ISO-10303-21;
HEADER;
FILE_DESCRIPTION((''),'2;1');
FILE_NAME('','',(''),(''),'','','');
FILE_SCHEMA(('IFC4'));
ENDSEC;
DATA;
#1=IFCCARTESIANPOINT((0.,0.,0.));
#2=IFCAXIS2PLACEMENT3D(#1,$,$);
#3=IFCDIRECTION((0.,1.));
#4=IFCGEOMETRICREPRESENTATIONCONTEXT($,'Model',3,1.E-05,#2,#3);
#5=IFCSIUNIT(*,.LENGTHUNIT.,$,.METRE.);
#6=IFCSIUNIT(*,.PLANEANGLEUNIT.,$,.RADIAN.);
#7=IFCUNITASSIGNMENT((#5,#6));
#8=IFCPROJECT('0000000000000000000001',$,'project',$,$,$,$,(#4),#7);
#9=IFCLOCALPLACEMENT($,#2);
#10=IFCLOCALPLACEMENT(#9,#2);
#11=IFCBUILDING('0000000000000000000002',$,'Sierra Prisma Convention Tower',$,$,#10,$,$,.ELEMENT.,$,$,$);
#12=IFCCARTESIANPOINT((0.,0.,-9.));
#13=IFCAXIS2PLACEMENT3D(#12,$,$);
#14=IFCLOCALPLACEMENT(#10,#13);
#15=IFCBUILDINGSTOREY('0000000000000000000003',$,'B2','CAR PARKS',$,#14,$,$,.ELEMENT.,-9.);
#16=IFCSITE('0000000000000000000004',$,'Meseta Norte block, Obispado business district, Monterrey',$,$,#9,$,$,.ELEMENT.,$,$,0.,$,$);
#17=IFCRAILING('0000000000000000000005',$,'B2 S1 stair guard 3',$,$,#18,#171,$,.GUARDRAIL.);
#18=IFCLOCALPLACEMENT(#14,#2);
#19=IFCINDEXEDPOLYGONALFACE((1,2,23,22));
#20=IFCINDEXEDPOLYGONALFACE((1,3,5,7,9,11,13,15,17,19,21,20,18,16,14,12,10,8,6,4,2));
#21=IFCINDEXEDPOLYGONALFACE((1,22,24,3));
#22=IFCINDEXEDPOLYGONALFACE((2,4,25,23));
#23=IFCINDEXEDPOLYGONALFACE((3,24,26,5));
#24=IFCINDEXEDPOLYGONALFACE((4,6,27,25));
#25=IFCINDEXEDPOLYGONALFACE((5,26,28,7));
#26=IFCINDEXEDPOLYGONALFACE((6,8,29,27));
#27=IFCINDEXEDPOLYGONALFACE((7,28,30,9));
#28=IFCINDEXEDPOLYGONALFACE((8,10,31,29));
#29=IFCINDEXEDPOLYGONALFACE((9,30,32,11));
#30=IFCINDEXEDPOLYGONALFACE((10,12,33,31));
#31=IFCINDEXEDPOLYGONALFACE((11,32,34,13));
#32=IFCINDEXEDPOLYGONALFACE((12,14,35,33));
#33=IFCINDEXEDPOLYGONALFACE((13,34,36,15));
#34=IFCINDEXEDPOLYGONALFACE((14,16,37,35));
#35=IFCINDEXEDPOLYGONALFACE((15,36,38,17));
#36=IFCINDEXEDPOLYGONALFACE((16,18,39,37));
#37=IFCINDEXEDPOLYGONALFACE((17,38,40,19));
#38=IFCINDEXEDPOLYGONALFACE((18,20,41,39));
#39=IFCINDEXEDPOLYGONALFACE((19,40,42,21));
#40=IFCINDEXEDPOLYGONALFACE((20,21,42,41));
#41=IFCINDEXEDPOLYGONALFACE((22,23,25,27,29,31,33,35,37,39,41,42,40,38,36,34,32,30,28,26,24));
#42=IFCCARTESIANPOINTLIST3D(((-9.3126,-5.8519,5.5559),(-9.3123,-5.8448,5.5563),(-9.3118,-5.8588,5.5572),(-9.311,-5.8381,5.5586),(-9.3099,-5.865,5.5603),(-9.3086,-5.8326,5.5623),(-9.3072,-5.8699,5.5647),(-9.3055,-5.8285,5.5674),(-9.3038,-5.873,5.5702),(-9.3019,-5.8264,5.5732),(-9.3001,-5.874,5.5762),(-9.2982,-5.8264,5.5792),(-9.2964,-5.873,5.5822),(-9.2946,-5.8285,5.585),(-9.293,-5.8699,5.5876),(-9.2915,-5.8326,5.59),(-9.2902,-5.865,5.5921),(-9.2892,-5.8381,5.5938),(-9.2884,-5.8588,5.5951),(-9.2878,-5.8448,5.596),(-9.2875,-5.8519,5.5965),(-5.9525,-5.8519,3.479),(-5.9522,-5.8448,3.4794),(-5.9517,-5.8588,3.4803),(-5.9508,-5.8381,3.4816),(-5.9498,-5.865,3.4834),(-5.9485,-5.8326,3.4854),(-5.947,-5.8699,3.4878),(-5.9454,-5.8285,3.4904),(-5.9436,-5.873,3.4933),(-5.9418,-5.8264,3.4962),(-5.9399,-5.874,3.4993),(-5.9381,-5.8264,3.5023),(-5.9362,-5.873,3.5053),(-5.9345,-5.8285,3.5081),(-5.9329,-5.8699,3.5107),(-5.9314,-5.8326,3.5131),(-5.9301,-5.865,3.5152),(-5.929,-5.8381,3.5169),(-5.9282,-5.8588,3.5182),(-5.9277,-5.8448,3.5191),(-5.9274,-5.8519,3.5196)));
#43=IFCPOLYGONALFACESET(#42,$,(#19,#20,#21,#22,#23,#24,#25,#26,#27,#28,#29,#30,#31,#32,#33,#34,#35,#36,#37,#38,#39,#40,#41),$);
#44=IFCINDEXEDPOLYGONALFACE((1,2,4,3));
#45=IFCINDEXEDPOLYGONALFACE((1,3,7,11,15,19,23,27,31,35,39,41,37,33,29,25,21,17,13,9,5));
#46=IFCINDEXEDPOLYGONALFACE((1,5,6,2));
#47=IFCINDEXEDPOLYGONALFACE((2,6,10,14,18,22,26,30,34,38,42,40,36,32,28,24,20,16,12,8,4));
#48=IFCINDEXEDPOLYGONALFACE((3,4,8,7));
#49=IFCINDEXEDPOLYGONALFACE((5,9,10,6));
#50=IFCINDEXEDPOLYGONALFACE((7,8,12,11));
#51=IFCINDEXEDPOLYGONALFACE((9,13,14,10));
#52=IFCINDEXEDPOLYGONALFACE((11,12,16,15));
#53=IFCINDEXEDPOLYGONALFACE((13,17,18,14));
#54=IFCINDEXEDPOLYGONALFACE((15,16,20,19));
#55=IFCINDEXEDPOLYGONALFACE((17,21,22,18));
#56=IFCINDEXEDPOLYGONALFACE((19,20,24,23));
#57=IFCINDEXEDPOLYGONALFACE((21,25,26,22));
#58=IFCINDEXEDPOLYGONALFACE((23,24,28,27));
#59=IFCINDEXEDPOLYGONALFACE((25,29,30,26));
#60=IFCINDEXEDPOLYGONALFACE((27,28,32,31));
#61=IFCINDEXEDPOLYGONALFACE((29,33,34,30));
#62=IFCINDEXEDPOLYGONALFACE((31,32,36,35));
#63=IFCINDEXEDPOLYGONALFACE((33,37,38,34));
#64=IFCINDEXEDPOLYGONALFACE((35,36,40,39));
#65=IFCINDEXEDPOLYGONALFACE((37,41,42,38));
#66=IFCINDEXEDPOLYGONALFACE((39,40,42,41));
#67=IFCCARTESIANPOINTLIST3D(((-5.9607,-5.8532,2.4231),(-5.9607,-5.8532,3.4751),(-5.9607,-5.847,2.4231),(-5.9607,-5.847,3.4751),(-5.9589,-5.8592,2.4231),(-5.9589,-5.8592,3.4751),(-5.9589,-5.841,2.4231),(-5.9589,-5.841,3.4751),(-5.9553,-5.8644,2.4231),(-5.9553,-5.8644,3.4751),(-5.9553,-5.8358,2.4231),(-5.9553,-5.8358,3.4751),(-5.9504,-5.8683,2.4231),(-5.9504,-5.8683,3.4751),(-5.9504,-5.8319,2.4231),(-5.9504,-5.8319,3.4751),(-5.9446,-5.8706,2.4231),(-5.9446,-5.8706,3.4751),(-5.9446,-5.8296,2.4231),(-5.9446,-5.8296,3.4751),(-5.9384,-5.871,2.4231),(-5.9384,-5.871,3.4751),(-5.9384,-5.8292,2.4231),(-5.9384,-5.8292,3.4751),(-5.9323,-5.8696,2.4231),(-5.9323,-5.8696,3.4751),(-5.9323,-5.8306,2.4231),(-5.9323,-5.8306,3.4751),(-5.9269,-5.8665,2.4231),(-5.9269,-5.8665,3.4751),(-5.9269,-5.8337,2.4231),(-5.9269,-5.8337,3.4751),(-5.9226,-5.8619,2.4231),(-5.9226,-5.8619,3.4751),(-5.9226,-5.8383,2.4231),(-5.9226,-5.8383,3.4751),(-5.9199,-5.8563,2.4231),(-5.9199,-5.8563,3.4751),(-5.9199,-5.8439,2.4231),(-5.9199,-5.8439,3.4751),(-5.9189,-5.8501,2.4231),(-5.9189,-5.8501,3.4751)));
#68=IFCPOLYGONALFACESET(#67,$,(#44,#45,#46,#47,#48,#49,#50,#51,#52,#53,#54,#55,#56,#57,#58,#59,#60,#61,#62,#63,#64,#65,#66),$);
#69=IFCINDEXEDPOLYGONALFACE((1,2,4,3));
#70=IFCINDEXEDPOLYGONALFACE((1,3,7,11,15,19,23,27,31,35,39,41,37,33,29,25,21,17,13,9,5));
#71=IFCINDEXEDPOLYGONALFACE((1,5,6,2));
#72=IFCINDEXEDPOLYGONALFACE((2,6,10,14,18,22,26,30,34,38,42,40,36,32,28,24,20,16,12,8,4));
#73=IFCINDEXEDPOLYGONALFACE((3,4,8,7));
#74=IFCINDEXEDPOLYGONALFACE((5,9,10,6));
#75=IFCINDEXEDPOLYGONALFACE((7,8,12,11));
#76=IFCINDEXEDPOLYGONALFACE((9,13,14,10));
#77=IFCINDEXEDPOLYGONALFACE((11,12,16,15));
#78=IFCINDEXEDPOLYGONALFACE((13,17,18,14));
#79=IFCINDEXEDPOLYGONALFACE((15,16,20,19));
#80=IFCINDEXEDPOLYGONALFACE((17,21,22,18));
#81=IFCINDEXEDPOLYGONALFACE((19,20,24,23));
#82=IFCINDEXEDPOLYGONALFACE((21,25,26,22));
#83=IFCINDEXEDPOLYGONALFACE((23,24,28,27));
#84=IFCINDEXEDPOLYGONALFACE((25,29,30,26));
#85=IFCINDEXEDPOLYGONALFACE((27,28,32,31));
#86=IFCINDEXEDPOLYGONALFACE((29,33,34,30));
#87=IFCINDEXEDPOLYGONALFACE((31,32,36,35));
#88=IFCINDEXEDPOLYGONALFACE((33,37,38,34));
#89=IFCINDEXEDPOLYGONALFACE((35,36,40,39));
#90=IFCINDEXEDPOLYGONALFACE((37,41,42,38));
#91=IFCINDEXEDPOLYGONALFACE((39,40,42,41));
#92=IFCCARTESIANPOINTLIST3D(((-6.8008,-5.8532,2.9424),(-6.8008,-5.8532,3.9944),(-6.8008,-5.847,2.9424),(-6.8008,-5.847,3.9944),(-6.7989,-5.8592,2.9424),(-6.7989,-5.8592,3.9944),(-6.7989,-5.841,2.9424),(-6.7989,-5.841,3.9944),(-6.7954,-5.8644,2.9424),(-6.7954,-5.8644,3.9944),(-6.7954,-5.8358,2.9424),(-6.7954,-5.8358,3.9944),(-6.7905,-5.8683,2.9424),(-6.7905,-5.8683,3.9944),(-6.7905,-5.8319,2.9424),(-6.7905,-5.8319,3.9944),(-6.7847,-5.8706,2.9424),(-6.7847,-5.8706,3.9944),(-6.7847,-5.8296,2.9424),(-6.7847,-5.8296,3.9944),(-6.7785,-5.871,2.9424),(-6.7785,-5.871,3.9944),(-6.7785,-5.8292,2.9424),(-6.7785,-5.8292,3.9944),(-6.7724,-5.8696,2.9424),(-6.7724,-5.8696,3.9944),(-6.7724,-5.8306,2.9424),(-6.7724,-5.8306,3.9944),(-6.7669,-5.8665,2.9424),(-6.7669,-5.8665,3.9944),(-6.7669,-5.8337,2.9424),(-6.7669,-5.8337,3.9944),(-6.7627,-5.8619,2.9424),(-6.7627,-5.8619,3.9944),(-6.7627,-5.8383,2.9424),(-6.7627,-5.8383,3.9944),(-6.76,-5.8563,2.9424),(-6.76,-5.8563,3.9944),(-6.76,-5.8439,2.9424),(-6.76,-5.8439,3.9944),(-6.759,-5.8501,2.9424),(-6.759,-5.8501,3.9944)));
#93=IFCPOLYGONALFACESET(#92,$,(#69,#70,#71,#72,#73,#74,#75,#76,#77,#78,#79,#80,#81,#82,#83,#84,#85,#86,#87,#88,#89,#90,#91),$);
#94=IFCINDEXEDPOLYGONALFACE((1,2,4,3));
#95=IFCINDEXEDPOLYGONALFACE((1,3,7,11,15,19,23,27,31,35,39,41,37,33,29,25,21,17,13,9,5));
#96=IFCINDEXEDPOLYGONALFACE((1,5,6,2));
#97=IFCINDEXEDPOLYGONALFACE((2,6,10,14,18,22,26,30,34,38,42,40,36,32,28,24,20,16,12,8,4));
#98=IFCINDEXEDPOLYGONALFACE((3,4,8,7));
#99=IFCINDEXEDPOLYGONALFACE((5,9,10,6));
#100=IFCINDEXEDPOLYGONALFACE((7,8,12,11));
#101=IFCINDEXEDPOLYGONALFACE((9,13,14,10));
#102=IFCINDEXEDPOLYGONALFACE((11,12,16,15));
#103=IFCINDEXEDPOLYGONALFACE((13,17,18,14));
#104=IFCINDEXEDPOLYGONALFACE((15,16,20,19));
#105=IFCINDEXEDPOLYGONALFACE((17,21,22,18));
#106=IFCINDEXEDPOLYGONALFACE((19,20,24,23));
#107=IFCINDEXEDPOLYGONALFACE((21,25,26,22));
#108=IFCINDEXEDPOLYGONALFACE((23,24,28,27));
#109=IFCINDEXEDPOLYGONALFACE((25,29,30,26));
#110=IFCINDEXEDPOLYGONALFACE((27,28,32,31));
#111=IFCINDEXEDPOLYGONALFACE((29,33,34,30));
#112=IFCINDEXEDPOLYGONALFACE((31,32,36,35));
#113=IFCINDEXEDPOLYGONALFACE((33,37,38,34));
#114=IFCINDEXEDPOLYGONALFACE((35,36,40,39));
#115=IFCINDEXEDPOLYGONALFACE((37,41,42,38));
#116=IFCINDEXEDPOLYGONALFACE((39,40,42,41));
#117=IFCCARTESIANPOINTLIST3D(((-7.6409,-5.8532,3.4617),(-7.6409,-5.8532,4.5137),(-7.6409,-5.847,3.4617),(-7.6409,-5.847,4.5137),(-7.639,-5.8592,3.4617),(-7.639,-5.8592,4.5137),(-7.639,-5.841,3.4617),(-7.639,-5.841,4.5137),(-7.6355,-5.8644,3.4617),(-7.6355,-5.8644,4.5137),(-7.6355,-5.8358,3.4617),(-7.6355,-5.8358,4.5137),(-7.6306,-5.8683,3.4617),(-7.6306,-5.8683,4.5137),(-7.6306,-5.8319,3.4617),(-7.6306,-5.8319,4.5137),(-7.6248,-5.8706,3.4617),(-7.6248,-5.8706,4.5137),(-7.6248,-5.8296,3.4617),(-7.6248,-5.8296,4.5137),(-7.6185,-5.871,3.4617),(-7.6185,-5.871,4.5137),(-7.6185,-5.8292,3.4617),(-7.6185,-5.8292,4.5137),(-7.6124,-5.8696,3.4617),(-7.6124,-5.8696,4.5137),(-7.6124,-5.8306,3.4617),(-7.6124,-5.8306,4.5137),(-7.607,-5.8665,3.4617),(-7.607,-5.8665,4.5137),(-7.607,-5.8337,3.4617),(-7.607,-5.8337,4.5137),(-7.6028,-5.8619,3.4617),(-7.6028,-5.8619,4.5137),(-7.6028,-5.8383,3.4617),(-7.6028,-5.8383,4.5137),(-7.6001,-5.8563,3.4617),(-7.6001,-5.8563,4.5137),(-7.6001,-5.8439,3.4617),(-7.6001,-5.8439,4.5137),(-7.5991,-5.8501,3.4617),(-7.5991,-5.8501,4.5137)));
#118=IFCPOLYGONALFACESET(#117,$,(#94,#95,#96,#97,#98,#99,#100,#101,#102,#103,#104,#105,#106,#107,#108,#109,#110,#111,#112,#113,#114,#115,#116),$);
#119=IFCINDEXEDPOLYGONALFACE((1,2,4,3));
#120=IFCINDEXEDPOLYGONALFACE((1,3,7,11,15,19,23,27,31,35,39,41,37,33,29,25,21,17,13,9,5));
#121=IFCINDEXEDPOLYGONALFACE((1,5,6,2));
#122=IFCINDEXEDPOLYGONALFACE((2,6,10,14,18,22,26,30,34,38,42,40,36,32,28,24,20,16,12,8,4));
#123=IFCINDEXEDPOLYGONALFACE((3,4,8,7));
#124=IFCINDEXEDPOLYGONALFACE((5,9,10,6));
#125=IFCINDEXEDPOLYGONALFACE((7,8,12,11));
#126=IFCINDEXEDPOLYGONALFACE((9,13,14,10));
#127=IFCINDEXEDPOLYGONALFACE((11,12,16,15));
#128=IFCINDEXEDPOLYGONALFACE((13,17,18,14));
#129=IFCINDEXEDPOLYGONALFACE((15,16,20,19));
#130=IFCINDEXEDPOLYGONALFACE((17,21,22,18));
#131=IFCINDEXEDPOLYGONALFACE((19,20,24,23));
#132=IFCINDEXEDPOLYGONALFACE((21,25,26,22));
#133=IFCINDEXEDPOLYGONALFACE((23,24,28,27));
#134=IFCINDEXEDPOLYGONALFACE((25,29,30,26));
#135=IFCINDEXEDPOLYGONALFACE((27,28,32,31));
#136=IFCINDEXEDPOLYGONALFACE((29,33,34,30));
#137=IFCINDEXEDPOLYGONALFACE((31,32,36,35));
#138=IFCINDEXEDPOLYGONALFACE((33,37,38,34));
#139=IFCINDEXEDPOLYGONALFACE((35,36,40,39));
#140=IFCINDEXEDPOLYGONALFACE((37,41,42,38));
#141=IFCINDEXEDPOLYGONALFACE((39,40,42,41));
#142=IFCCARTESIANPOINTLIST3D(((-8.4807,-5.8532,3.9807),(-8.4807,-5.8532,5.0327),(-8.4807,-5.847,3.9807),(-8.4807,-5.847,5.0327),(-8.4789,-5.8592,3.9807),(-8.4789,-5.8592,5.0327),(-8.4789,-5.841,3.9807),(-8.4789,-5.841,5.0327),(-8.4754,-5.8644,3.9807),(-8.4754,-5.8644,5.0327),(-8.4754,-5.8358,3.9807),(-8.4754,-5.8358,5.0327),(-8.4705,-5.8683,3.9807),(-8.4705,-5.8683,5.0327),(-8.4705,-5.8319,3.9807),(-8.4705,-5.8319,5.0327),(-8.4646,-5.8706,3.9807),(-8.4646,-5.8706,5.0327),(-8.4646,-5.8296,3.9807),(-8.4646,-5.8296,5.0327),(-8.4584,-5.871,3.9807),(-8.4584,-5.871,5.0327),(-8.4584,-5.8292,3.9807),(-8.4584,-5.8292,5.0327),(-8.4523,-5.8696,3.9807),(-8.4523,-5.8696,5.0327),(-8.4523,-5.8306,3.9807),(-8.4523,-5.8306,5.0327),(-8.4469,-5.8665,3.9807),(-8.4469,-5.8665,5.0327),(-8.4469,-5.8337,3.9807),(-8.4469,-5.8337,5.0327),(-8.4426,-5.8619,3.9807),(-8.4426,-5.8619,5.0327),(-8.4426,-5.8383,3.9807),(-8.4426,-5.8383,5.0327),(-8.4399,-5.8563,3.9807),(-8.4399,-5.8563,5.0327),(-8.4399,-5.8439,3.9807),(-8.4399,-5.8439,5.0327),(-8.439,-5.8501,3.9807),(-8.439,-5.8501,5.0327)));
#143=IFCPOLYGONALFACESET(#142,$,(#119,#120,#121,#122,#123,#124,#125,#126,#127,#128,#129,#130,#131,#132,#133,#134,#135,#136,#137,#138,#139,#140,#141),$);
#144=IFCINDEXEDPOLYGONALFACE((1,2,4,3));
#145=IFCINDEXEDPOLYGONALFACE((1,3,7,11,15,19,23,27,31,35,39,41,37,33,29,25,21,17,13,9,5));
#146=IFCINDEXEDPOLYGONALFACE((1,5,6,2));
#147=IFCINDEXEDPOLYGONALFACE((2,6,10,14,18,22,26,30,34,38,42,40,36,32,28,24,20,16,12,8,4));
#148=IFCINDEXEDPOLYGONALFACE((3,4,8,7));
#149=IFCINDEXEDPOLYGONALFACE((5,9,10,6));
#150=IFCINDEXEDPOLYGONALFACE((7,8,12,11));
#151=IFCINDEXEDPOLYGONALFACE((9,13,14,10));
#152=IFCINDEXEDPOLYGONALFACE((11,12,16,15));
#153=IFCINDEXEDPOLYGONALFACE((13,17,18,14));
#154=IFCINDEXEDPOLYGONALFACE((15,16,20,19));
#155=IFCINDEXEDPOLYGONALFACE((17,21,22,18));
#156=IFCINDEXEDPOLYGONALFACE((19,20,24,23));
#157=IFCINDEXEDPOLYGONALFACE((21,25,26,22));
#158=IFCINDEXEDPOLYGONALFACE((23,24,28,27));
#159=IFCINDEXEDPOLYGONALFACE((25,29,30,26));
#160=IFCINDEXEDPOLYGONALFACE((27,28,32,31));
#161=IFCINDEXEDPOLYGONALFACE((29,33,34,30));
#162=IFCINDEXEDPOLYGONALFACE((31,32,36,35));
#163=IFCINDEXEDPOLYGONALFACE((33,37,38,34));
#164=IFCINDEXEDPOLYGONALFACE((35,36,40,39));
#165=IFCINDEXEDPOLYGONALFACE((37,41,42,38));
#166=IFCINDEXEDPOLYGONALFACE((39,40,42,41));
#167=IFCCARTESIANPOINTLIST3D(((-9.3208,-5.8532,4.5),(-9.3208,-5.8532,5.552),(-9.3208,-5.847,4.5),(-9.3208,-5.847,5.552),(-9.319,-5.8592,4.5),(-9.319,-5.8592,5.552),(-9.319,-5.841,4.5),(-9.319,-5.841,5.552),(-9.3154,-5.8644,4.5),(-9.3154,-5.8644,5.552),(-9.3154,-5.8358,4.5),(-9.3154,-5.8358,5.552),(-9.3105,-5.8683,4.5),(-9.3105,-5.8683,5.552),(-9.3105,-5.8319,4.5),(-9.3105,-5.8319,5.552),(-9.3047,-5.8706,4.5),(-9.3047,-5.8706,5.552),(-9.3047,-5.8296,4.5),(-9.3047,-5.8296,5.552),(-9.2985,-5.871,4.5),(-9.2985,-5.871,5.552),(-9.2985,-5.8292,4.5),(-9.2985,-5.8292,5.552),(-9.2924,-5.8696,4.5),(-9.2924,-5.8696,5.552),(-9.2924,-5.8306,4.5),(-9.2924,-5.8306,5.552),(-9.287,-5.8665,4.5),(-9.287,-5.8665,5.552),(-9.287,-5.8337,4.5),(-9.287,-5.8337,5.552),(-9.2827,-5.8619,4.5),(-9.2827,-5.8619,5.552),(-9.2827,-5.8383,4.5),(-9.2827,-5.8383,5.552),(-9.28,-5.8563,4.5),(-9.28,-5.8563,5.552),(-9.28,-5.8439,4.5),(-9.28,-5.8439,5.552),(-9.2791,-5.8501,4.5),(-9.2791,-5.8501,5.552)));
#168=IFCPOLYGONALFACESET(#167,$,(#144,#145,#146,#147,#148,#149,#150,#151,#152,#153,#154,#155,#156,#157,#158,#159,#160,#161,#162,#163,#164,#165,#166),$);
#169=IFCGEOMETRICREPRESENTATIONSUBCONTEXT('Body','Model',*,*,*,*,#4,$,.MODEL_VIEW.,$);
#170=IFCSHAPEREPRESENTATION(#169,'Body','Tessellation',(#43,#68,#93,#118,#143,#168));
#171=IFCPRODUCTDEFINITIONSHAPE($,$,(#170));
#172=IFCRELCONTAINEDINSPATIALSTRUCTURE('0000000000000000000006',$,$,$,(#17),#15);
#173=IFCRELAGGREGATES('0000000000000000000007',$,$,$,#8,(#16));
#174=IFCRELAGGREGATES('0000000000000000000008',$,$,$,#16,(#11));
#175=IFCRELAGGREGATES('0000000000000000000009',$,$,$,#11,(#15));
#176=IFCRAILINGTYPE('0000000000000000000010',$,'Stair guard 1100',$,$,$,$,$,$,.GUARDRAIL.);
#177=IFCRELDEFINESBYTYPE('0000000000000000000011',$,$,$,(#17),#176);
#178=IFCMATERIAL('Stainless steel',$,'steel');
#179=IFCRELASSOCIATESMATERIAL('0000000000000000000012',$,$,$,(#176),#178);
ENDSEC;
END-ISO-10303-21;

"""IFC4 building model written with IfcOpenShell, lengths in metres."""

from ifc_helpers import new_model, si_unit, direction, frame, origin, origin_2d, place, context, subcontext, project, spatial, circle, extrude, material, type_object, element, save


model = new_model("IFC4")

# Units and contexts
model_context = context("Model", 3, precision=1e-05, world=origin(), true_north=direction((0.0, 1.0)))
body_context = subcontext(model_context, "Body", "Model", "MODEL_VIEW")
ifc_project = project(units=[si_unit("LENGTHUNIT", "METRE"), si_unit("PLANEANGLEUNIT", "RADIAN")], contexts=[model_context])

# Site, building, storey
site_placement = place(None, origin())
site = spatial("IfcSite", under=ifc_project, at=site_placement, Name="Meseta Norte block, Obispado business district, Monterrey", CompositionType="ELEMENT", RefElevation=0.0)
building_placement = place(site_placement, origin())
building = spatial("IfcBuilding", under=site, at=building_placement, Name="Sierra Prisma Convention Tower", CompositionType="ELEMENT")
storey_placement = place(building_placement, frame((0.0, 0.0, -9.0)))
storey = spatial("IfcBuildingStorey", under=building, at=storey_placement, Name="B2", Description="CAR PARKS", CompositionType="ELEMENT", Elevation=-9.0)

# Railing
ifc_material_1 = material(Name="Stainless steel", Category="steel")
railing_type_1 = type_object("IfcRailingType", Name="Stair guard 1100", PredefinedType="GUARDRAIL", material=ifc_material_1)
railing_1_placement = place(storey_placement, frame((-5.9399, -5.8501, 2.4231)))
element("IfcRailing", 1, at=railing_1_placement, inside=storey, type_object=railing_type_1, Name="B2 S1 stair guard 3", PredefinedType="GUARDRAIL", context=body_context, shape_type="SweptSolid", body=[
    extrude(circle(Radius=0.0239, at=origin_2d()), frame((0.0, 0.0, 1.0762), z_axis=(-0.850623, 0.0, 0.525776), x_axis=(0.0, -1.0, 0.0)), (0.0, 0.0, 1.0), 3.9502),
    extrude(circle(Radius=0.021, at=origin_2d()), origin(), (0.0, 0.0, 1.0), 1.052),
    extrude(circle(Radius=0.021, at=origin_2d()), frame((-0.8401, 0.0, 0.5193)), (0.0, 0.0, 1.0), 1.052),
    extrude(circle(Radius=0.021, at=origin_2d()), frame((-1.6802, 0.0, 1.0386)), (0.0, 0.0, 1.0), 1.052),
    extrude(circle(Radius=0.021, at=origin_2d()), frame((-2.52, 0.0, 1.5576)), (0.0, 0.0, 1.0), 1.052),
    extrude(circle(Radius=0.021, at=origin_2d()), frame((-3.3601, 0.0, 2.0769)), (0.0, 0.0, 1.0), 1.052),
])

save(model, "model.ifc")
